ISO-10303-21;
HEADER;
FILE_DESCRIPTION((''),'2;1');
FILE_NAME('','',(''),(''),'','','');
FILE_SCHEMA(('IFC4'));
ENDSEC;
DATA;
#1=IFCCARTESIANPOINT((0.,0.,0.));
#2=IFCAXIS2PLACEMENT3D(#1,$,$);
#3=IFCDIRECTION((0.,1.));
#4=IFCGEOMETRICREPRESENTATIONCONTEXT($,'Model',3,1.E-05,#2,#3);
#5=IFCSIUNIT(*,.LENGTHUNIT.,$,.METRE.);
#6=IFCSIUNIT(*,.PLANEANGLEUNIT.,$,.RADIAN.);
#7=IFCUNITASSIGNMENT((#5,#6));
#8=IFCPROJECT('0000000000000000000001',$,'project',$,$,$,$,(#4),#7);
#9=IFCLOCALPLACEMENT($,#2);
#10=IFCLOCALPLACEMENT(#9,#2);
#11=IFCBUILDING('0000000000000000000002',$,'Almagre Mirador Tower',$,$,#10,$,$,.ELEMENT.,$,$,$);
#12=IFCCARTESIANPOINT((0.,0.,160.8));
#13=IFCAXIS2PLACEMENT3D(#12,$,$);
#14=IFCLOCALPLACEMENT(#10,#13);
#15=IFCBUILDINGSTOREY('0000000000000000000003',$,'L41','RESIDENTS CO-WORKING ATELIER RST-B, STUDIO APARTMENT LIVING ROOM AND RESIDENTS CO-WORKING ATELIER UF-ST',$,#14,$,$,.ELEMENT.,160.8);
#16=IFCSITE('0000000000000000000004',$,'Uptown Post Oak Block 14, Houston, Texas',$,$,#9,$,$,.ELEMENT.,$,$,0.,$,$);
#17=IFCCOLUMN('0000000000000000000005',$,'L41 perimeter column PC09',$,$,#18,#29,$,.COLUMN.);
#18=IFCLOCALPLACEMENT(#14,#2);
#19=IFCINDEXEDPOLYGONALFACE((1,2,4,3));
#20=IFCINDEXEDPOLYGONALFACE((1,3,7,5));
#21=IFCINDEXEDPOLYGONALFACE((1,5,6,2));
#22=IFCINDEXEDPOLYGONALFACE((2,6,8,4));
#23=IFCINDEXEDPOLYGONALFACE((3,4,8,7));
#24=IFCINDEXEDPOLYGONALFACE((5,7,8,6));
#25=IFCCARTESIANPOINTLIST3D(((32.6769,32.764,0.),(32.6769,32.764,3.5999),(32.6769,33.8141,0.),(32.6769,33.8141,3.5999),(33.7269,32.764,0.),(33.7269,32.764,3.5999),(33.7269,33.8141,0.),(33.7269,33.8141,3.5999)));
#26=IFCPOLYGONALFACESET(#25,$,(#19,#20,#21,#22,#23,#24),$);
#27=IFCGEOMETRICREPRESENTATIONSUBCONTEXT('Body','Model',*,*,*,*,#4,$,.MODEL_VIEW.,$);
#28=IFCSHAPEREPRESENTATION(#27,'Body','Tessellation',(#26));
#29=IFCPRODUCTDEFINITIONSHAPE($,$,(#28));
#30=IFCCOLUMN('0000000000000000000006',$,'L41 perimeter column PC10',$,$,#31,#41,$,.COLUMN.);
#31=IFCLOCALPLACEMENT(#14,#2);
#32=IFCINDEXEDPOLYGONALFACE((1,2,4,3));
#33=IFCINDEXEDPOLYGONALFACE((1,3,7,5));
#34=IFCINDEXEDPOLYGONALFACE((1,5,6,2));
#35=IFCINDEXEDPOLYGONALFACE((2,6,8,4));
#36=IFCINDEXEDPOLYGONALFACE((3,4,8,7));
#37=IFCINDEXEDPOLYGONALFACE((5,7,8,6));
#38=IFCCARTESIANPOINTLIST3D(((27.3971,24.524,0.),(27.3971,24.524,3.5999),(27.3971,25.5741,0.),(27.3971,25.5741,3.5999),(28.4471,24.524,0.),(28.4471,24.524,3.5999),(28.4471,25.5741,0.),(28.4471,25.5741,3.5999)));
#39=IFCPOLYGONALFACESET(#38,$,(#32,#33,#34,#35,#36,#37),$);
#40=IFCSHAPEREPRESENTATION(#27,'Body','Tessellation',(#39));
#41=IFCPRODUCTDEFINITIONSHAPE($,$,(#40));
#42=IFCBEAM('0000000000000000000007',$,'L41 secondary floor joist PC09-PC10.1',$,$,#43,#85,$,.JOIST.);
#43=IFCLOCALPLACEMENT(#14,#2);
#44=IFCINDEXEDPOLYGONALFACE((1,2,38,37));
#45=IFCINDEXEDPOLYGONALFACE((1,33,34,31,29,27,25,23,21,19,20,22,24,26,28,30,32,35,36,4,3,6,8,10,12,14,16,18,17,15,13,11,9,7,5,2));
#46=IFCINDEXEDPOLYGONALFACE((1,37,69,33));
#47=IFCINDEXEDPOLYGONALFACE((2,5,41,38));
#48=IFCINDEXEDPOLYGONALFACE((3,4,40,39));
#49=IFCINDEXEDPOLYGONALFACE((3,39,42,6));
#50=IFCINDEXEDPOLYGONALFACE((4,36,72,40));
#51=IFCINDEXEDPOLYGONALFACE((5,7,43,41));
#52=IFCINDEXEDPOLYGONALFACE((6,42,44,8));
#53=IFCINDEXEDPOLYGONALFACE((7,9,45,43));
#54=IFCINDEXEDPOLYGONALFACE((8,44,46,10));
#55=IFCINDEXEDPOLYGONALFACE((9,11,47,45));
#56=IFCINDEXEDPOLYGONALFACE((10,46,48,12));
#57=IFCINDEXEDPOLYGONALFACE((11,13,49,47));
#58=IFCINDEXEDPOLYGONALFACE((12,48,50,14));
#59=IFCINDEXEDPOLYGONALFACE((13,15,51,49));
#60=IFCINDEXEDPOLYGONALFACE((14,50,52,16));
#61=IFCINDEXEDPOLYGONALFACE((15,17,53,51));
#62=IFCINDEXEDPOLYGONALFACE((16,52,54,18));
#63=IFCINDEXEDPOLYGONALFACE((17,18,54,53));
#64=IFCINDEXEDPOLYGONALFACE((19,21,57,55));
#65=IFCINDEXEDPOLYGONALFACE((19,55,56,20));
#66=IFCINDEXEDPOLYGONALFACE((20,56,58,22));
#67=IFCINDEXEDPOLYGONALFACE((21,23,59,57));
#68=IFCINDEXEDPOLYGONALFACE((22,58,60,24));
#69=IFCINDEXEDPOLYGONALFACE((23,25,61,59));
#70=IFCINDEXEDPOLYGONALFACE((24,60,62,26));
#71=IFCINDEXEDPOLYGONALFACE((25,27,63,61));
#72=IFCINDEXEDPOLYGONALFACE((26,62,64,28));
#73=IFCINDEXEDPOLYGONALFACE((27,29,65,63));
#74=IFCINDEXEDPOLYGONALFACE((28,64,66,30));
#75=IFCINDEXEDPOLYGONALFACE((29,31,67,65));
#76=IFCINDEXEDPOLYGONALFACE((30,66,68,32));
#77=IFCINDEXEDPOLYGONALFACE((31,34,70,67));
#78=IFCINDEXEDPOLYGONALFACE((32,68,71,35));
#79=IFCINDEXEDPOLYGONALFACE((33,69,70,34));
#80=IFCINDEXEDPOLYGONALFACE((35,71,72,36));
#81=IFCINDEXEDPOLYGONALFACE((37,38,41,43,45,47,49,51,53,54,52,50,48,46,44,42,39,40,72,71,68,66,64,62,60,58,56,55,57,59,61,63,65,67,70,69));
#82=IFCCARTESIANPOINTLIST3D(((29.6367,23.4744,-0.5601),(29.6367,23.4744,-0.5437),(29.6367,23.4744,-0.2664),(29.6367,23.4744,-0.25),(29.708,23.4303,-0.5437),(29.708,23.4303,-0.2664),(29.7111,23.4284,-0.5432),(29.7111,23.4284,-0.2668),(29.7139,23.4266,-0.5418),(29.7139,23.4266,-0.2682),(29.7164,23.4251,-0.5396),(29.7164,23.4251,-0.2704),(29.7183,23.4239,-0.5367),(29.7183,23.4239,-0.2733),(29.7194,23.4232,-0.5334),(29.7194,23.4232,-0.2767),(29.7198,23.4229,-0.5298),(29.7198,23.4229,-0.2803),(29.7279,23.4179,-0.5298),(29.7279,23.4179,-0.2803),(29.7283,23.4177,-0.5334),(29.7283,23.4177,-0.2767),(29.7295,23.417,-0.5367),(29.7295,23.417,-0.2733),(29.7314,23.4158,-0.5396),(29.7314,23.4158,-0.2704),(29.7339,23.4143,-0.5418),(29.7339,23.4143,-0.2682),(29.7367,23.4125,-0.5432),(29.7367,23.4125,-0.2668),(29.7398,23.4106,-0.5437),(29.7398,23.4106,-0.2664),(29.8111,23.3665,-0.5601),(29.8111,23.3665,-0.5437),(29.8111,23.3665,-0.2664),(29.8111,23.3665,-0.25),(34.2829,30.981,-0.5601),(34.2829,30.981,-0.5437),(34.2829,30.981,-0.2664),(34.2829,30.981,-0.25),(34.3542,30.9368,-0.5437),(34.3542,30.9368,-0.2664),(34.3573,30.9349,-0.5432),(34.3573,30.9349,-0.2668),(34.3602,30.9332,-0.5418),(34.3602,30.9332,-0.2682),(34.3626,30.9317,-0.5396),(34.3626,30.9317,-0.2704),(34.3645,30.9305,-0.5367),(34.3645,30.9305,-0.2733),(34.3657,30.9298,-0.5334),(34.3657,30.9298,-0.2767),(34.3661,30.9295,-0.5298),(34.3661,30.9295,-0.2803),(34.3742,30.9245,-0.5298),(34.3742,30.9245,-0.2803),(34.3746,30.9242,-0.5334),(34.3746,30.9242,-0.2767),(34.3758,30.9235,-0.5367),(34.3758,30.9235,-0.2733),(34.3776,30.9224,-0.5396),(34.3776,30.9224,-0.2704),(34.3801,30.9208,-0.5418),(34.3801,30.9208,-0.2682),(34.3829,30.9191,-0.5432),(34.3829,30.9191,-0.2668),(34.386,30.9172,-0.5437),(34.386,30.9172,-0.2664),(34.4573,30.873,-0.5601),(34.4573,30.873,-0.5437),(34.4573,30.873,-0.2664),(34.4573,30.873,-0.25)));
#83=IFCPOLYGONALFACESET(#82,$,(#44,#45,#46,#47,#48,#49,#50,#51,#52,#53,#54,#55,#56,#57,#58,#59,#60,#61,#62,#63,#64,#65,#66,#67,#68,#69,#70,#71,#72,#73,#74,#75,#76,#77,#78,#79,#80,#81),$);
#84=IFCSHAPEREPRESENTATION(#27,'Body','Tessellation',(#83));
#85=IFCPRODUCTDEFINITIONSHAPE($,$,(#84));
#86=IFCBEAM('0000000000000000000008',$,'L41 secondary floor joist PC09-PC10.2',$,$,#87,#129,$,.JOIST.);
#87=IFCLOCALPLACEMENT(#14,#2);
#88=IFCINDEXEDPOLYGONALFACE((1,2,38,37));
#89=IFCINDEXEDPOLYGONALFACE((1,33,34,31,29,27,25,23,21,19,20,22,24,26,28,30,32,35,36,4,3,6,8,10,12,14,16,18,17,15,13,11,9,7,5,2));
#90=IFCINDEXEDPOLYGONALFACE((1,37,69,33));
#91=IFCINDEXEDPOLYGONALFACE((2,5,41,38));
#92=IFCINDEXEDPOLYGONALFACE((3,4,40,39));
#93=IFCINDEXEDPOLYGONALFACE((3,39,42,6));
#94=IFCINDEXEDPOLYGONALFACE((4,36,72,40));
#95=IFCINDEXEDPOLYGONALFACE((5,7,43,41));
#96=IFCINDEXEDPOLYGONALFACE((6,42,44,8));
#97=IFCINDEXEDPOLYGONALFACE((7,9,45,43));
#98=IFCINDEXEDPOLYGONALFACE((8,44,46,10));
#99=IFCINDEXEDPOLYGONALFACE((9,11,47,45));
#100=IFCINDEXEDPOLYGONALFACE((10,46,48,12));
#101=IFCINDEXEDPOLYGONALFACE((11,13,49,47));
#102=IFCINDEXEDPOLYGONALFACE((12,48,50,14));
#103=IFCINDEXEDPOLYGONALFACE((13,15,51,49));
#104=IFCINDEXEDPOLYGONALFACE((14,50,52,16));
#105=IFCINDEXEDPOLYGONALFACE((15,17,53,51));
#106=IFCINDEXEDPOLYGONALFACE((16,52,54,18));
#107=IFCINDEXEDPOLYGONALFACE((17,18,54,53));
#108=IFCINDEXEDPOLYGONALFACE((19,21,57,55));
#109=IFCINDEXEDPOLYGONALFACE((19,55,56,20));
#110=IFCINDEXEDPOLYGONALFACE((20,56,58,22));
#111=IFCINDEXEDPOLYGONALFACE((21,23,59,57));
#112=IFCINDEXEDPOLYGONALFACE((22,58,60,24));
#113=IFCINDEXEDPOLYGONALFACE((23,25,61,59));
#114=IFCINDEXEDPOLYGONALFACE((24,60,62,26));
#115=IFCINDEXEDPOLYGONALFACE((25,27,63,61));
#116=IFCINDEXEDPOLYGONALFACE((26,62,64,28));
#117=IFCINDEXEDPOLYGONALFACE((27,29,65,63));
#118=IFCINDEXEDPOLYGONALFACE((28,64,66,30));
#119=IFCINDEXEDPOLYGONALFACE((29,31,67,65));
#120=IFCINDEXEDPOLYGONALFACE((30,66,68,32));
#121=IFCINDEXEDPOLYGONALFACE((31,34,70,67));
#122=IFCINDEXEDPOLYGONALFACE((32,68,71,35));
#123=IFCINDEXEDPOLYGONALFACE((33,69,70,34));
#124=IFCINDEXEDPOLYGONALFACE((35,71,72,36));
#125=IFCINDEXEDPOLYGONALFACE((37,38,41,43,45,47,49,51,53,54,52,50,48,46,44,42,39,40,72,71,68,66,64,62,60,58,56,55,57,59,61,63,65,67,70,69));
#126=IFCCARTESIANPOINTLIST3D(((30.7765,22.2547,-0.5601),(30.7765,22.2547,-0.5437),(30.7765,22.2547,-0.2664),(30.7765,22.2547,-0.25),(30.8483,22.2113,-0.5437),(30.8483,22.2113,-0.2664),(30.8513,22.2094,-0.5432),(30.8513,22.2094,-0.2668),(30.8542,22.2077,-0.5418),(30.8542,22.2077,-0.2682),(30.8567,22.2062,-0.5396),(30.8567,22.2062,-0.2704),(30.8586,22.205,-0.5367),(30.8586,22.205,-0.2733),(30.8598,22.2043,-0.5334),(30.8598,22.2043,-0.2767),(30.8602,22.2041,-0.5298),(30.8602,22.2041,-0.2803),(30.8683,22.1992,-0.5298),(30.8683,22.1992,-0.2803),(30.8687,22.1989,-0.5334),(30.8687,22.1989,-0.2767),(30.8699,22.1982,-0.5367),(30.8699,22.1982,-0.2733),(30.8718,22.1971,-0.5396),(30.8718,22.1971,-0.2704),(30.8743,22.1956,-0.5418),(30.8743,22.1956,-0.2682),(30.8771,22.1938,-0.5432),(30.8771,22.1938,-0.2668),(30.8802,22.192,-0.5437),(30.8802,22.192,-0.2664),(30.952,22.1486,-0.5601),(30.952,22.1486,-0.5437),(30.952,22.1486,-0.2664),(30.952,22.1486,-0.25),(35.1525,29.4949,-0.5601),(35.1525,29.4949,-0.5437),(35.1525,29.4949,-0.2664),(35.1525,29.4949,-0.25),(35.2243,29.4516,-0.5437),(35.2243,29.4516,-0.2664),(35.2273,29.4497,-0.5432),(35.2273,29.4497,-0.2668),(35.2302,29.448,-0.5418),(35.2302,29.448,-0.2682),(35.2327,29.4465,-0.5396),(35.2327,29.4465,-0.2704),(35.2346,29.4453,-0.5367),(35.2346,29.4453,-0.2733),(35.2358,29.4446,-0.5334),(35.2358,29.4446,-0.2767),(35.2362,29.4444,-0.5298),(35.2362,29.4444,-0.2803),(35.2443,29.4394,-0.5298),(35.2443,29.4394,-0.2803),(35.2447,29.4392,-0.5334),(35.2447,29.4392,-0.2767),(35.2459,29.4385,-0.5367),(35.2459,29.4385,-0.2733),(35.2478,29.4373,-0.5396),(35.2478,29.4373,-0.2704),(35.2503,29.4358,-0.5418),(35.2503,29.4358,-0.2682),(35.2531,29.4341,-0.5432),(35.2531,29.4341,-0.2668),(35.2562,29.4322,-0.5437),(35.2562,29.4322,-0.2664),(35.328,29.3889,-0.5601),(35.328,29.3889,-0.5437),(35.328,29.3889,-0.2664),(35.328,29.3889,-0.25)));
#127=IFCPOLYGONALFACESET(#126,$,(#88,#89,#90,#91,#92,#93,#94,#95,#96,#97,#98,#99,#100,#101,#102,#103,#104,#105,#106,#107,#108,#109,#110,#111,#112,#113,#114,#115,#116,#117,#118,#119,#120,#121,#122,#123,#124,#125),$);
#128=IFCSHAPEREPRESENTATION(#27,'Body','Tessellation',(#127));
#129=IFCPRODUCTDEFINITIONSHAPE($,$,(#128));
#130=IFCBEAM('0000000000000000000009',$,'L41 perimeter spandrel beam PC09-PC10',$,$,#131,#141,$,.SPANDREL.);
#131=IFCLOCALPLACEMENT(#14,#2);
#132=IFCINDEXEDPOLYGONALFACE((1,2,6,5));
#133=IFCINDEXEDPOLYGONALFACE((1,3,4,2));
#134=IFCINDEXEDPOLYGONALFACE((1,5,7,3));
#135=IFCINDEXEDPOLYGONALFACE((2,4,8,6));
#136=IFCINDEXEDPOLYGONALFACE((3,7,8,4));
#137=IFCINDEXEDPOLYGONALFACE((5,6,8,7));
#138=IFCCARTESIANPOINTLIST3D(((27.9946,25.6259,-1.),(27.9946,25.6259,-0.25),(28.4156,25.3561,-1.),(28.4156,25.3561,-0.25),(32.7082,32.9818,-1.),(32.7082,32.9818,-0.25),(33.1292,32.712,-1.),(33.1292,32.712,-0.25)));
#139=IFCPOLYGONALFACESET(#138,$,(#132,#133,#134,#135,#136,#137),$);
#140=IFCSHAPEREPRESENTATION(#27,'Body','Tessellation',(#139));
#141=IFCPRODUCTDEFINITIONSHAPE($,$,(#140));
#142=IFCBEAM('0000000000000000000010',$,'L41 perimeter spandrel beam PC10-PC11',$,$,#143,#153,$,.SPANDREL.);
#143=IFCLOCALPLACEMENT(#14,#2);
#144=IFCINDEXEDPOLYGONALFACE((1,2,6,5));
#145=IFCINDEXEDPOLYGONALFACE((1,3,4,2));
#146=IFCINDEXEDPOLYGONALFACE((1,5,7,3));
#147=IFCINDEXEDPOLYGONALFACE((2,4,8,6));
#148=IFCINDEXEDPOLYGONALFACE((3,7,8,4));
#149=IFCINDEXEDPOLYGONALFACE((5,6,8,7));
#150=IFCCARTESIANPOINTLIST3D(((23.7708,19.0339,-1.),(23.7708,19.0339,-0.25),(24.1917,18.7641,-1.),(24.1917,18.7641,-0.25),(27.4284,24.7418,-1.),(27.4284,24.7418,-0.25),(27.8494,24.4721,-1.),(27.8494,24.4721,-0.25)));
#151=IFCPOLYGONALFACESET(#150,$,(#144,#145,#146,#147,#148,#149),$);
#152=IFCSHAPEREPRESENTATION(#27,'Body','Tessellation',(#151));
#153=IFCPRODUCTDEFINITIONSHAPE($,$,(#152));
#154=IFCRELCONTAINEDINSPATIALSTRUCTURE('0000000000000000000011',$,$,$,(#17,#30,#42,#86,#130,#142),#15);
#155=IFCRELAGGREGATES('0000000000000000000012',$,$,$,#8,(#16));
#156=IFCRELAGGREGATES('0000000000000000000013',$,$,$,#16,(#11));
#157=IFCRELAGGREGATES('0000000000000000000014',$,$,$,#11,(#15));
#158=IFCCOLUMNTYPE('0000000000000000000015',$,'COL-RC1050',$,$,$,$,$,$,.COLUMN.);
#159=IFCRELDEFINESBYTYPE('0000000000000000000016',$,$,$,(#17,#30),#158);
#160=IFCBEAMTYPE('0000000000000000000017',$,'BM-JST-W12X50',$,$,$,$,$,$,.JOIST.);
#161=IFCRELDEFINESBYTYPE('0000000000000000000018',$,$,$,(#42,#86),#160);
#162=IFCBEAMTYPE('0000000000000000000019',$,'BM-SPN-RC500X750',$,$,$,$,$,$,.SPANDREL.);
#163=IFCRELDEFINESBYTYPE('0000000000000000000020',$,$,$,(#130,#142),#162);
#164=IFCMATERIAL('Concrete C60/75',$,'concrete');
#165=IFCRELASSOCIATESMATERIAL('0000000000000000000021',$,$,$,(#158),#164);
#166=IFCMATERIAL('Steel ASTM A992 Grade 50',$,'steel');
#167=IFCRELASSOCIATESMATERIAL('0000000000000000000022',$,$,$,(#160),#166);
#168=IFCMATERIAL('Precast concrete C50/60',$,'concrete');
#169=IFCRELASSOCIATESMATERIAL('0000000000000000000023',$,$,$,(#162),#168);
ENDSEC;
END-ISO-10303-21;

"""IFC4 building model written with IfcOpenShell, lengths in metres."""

from ifc_helpers import new_model, si_unit, direction, frame, origin, origin_2d, place, context, subcontext, project, spatial, rectangle, i_section, extrude, material, material_profile, profile_set, type_object, element, save


model = new_model("IFC4")

# Units and contexts
model_context = context("Model", 3, precision=1e-05, world=origin(), true_north=direction((0.0, 1.0)))
body_context = subcontext(model_context, "Body", "Model", "MODEL_VIEW")
ifc_project = project(units=[si_unit("LENGTHUNIT", "METRE"), si_unit("PLANEANGLEUNIT", "RADIAN")], contexts=[model_context])

# Site, building, storey
site_placement = place(None, origin())
site = spatial("IfcSite", under=ifc_project, at=site_placement, Name="Uptown Post Oak Block 14, Houston, Texas", CompositionType="ELEMENT", RefElevation=0.0)
building_placement = place(site_placement, origin())
building = spatial("IfcBuilding", under=site, at=building_placement, Name="Almagre Mirador Tower", CompositionType="ELEMENT")
storey_placement = place(building_placement, frame((0.0, 0.0, 160.8)))
storey = spatial("IfcBuildingStorey", under=building, at=storey_placement, Name="L41", Description="RESIDENTS CO-WORKING ATELIER RST-B, STUDIO APARTMENT LIVING ROOM AND RESIDENTS CO-WORKING ATELIER UF-ST", CompositionType="ELEMENT", Elevation=160.8)

# Columns
ifc_material_1 = material(Name="Concrete C60/75", Category="concrete")
ifc_material_profile_1 = material_profile(ifc_material_1, rectangle(XDim=1.05, YDim=1.05, at=origin_2d()), Name="RC1050X1050")
ifc_profile_set_1 = profile_set([ifc_material_profile_1], Name="Concrete C60/75")
column_type = type_object("IfcColumnType", Name="COL-RC1050", PredefinedType="COLUMN", material=ifc_profile_set_1)
for number, where, z_axis, x_axis, name in (
    (1, (33.2019, 33.2891, 0.0), (0.0, 0.0, 1.0), (1.0, 0.0, 0.0), "L41 perimeter column PC09"),
    (2, (27.9221, 25.0491, 0.0), (0.0, 0.0, 1.0), (1.0, 0.0, 0.0), "L41 perimeter column PC10"),
):
    element("IfcColumn", number, at=place(storey_placement, frame(where, z_axis=z_axis, x_axis=x_axis)), inside=storey, type_object=column_type, Name=name, PredefinedType="COLUMN", context=body_context, shape_type="SweptSolid", body=[
        extrude(rectangle(XDim=1.05, YDim=1.05, at=origin_2d()), origin(), (0.0, 0.0, 1.0), 3.5999),
    ])

# Beams
ifc_material_2 = material(Name="Steel ASTM A992 Grade 50", Category="steel")
ifc_material_profile_2 = material_profile(ifc_material_2, i_section(OverallWidth=0.2051, OverallDepth=0.3101, WebThickness=0.0095, FlangeThickness=0.0164, FilletRadius=0.0139, at=origin_2d()), Name="W12X50")
ifc_profile_set_2 = profile_set([ifc_material_profile_2], Name="Steel ASTM A992 Grade 50")
beam_type_1 = type_object("IfcBeamType", Name="BM-JST-W12X50", PredefinedType="JOIST", material=ifc_profile_set_2)
beam_1_placement = place(storey_placement, frame((34.3701, 30.927, -0.405), z_axis=(-0.526297, -0.850301, 0.0), x_axis=(0.850301, -0.526297, 0.0)))
element("IfcBeam", 3, at=beam_1_placement, inside=storey, type_object=beam_type_1, Name="L41 secondary floor joist PC09-PC10.1", PredefinedType="JOIST", context=body_context, shape_type="SweptSolid", body=[
    extrude(i_section(OverallWidth=0.2051, OverallDepth=0.3101, WebThickness=0.0095, FlangeThickness=0.0164, FilletRadius=0.0139, at=origin_2d()), origin(), (0.0, 0.0, 1.0), 8.8281),
])
beam_2_placement = place(storey_placement, frame((35.2402, 29.4419, -0.405), z_axis=(-0.51726, -0.855828, 0.0), x_axis=(0.855828, -0.51726, 0.0)))
element("IfcBeam", 4, at=beam_2_placement, inside=storey, type_object=beam_type_1, Name="L41 secondary floor joist PC09-PC10.2", PredefinedType="JOIST", context=body_context, shape_type="SweptSolid", body=[
    extrude(i_section(OverallWidth=0.2051, OverallDepth=0.3101, WebThickness=0.0095, FlangeThickness=0.0164, FilletRadius=0.0139, at=origin_2d()), origin(), (0.0, 0.0, 1.0), 8.46),
])
ifc_material_3 = material(Name="Precast concrete C50/60", Category="concrete")
ifc_material_profile_3 = material_profile(ifc_material_3, rectangle(XDim=0.5, YDim=0.75, at=origin_2d()), Name="RC500X750")
ifc_profile_set_3 = profile_set([ifc_material_profile_3], Name="Precast concrete C50/60")
beam_type_2 = type_object("IfcBeamType", Name="BM-SPN-RC500X750", PredefinedType="SPANDREL", material=ifc_profile_set_3)
beam_3_placement = place(storey_placement, frame((32.9187, 32.8469, -0.625), z_axis=(-0.539525, -0.841969, 0.0), x_axis=(0.841969, -0.539525, 0.0)))
element("IfcBeam", 5, at=beam_3_placement, inside=storey, type_object=beam_type_2, Name="L41 perimeter spandrel beam PC09-PC10", PredefinedType="SPANDREL", context=body_context, shape_type="SweptSolid", body=[
    extrude(rectangle(XDim=0.5, YDim=0.75, at=origin_2d()), origin(), (0.0, 0.0, 1.0), 8.7366),
])
beam_4_placement = place(storey_placement, frame((27.6389, 24.6069, -0.625), z_axis=(-0.539534, -0.841964, 0.0), x_axis=(0.841964, -0.539534, 0.0)))
element("IfcBeam", 6, at=beam_4_placement, inside=storey, type_object=beam_type_2, Name="L41 perimeter spandrel beam PC10-PC11", PredefinedType="SPANDREL", context=body_context, shape_type="SweptSolid", body=[
    extrude(rectangle(XDim=0.5, YDim=0.75, at=origin_2d()), origin(), (0.0, 0.0, 1.0), 6.7793),
])

save(model, "model.ifc")
